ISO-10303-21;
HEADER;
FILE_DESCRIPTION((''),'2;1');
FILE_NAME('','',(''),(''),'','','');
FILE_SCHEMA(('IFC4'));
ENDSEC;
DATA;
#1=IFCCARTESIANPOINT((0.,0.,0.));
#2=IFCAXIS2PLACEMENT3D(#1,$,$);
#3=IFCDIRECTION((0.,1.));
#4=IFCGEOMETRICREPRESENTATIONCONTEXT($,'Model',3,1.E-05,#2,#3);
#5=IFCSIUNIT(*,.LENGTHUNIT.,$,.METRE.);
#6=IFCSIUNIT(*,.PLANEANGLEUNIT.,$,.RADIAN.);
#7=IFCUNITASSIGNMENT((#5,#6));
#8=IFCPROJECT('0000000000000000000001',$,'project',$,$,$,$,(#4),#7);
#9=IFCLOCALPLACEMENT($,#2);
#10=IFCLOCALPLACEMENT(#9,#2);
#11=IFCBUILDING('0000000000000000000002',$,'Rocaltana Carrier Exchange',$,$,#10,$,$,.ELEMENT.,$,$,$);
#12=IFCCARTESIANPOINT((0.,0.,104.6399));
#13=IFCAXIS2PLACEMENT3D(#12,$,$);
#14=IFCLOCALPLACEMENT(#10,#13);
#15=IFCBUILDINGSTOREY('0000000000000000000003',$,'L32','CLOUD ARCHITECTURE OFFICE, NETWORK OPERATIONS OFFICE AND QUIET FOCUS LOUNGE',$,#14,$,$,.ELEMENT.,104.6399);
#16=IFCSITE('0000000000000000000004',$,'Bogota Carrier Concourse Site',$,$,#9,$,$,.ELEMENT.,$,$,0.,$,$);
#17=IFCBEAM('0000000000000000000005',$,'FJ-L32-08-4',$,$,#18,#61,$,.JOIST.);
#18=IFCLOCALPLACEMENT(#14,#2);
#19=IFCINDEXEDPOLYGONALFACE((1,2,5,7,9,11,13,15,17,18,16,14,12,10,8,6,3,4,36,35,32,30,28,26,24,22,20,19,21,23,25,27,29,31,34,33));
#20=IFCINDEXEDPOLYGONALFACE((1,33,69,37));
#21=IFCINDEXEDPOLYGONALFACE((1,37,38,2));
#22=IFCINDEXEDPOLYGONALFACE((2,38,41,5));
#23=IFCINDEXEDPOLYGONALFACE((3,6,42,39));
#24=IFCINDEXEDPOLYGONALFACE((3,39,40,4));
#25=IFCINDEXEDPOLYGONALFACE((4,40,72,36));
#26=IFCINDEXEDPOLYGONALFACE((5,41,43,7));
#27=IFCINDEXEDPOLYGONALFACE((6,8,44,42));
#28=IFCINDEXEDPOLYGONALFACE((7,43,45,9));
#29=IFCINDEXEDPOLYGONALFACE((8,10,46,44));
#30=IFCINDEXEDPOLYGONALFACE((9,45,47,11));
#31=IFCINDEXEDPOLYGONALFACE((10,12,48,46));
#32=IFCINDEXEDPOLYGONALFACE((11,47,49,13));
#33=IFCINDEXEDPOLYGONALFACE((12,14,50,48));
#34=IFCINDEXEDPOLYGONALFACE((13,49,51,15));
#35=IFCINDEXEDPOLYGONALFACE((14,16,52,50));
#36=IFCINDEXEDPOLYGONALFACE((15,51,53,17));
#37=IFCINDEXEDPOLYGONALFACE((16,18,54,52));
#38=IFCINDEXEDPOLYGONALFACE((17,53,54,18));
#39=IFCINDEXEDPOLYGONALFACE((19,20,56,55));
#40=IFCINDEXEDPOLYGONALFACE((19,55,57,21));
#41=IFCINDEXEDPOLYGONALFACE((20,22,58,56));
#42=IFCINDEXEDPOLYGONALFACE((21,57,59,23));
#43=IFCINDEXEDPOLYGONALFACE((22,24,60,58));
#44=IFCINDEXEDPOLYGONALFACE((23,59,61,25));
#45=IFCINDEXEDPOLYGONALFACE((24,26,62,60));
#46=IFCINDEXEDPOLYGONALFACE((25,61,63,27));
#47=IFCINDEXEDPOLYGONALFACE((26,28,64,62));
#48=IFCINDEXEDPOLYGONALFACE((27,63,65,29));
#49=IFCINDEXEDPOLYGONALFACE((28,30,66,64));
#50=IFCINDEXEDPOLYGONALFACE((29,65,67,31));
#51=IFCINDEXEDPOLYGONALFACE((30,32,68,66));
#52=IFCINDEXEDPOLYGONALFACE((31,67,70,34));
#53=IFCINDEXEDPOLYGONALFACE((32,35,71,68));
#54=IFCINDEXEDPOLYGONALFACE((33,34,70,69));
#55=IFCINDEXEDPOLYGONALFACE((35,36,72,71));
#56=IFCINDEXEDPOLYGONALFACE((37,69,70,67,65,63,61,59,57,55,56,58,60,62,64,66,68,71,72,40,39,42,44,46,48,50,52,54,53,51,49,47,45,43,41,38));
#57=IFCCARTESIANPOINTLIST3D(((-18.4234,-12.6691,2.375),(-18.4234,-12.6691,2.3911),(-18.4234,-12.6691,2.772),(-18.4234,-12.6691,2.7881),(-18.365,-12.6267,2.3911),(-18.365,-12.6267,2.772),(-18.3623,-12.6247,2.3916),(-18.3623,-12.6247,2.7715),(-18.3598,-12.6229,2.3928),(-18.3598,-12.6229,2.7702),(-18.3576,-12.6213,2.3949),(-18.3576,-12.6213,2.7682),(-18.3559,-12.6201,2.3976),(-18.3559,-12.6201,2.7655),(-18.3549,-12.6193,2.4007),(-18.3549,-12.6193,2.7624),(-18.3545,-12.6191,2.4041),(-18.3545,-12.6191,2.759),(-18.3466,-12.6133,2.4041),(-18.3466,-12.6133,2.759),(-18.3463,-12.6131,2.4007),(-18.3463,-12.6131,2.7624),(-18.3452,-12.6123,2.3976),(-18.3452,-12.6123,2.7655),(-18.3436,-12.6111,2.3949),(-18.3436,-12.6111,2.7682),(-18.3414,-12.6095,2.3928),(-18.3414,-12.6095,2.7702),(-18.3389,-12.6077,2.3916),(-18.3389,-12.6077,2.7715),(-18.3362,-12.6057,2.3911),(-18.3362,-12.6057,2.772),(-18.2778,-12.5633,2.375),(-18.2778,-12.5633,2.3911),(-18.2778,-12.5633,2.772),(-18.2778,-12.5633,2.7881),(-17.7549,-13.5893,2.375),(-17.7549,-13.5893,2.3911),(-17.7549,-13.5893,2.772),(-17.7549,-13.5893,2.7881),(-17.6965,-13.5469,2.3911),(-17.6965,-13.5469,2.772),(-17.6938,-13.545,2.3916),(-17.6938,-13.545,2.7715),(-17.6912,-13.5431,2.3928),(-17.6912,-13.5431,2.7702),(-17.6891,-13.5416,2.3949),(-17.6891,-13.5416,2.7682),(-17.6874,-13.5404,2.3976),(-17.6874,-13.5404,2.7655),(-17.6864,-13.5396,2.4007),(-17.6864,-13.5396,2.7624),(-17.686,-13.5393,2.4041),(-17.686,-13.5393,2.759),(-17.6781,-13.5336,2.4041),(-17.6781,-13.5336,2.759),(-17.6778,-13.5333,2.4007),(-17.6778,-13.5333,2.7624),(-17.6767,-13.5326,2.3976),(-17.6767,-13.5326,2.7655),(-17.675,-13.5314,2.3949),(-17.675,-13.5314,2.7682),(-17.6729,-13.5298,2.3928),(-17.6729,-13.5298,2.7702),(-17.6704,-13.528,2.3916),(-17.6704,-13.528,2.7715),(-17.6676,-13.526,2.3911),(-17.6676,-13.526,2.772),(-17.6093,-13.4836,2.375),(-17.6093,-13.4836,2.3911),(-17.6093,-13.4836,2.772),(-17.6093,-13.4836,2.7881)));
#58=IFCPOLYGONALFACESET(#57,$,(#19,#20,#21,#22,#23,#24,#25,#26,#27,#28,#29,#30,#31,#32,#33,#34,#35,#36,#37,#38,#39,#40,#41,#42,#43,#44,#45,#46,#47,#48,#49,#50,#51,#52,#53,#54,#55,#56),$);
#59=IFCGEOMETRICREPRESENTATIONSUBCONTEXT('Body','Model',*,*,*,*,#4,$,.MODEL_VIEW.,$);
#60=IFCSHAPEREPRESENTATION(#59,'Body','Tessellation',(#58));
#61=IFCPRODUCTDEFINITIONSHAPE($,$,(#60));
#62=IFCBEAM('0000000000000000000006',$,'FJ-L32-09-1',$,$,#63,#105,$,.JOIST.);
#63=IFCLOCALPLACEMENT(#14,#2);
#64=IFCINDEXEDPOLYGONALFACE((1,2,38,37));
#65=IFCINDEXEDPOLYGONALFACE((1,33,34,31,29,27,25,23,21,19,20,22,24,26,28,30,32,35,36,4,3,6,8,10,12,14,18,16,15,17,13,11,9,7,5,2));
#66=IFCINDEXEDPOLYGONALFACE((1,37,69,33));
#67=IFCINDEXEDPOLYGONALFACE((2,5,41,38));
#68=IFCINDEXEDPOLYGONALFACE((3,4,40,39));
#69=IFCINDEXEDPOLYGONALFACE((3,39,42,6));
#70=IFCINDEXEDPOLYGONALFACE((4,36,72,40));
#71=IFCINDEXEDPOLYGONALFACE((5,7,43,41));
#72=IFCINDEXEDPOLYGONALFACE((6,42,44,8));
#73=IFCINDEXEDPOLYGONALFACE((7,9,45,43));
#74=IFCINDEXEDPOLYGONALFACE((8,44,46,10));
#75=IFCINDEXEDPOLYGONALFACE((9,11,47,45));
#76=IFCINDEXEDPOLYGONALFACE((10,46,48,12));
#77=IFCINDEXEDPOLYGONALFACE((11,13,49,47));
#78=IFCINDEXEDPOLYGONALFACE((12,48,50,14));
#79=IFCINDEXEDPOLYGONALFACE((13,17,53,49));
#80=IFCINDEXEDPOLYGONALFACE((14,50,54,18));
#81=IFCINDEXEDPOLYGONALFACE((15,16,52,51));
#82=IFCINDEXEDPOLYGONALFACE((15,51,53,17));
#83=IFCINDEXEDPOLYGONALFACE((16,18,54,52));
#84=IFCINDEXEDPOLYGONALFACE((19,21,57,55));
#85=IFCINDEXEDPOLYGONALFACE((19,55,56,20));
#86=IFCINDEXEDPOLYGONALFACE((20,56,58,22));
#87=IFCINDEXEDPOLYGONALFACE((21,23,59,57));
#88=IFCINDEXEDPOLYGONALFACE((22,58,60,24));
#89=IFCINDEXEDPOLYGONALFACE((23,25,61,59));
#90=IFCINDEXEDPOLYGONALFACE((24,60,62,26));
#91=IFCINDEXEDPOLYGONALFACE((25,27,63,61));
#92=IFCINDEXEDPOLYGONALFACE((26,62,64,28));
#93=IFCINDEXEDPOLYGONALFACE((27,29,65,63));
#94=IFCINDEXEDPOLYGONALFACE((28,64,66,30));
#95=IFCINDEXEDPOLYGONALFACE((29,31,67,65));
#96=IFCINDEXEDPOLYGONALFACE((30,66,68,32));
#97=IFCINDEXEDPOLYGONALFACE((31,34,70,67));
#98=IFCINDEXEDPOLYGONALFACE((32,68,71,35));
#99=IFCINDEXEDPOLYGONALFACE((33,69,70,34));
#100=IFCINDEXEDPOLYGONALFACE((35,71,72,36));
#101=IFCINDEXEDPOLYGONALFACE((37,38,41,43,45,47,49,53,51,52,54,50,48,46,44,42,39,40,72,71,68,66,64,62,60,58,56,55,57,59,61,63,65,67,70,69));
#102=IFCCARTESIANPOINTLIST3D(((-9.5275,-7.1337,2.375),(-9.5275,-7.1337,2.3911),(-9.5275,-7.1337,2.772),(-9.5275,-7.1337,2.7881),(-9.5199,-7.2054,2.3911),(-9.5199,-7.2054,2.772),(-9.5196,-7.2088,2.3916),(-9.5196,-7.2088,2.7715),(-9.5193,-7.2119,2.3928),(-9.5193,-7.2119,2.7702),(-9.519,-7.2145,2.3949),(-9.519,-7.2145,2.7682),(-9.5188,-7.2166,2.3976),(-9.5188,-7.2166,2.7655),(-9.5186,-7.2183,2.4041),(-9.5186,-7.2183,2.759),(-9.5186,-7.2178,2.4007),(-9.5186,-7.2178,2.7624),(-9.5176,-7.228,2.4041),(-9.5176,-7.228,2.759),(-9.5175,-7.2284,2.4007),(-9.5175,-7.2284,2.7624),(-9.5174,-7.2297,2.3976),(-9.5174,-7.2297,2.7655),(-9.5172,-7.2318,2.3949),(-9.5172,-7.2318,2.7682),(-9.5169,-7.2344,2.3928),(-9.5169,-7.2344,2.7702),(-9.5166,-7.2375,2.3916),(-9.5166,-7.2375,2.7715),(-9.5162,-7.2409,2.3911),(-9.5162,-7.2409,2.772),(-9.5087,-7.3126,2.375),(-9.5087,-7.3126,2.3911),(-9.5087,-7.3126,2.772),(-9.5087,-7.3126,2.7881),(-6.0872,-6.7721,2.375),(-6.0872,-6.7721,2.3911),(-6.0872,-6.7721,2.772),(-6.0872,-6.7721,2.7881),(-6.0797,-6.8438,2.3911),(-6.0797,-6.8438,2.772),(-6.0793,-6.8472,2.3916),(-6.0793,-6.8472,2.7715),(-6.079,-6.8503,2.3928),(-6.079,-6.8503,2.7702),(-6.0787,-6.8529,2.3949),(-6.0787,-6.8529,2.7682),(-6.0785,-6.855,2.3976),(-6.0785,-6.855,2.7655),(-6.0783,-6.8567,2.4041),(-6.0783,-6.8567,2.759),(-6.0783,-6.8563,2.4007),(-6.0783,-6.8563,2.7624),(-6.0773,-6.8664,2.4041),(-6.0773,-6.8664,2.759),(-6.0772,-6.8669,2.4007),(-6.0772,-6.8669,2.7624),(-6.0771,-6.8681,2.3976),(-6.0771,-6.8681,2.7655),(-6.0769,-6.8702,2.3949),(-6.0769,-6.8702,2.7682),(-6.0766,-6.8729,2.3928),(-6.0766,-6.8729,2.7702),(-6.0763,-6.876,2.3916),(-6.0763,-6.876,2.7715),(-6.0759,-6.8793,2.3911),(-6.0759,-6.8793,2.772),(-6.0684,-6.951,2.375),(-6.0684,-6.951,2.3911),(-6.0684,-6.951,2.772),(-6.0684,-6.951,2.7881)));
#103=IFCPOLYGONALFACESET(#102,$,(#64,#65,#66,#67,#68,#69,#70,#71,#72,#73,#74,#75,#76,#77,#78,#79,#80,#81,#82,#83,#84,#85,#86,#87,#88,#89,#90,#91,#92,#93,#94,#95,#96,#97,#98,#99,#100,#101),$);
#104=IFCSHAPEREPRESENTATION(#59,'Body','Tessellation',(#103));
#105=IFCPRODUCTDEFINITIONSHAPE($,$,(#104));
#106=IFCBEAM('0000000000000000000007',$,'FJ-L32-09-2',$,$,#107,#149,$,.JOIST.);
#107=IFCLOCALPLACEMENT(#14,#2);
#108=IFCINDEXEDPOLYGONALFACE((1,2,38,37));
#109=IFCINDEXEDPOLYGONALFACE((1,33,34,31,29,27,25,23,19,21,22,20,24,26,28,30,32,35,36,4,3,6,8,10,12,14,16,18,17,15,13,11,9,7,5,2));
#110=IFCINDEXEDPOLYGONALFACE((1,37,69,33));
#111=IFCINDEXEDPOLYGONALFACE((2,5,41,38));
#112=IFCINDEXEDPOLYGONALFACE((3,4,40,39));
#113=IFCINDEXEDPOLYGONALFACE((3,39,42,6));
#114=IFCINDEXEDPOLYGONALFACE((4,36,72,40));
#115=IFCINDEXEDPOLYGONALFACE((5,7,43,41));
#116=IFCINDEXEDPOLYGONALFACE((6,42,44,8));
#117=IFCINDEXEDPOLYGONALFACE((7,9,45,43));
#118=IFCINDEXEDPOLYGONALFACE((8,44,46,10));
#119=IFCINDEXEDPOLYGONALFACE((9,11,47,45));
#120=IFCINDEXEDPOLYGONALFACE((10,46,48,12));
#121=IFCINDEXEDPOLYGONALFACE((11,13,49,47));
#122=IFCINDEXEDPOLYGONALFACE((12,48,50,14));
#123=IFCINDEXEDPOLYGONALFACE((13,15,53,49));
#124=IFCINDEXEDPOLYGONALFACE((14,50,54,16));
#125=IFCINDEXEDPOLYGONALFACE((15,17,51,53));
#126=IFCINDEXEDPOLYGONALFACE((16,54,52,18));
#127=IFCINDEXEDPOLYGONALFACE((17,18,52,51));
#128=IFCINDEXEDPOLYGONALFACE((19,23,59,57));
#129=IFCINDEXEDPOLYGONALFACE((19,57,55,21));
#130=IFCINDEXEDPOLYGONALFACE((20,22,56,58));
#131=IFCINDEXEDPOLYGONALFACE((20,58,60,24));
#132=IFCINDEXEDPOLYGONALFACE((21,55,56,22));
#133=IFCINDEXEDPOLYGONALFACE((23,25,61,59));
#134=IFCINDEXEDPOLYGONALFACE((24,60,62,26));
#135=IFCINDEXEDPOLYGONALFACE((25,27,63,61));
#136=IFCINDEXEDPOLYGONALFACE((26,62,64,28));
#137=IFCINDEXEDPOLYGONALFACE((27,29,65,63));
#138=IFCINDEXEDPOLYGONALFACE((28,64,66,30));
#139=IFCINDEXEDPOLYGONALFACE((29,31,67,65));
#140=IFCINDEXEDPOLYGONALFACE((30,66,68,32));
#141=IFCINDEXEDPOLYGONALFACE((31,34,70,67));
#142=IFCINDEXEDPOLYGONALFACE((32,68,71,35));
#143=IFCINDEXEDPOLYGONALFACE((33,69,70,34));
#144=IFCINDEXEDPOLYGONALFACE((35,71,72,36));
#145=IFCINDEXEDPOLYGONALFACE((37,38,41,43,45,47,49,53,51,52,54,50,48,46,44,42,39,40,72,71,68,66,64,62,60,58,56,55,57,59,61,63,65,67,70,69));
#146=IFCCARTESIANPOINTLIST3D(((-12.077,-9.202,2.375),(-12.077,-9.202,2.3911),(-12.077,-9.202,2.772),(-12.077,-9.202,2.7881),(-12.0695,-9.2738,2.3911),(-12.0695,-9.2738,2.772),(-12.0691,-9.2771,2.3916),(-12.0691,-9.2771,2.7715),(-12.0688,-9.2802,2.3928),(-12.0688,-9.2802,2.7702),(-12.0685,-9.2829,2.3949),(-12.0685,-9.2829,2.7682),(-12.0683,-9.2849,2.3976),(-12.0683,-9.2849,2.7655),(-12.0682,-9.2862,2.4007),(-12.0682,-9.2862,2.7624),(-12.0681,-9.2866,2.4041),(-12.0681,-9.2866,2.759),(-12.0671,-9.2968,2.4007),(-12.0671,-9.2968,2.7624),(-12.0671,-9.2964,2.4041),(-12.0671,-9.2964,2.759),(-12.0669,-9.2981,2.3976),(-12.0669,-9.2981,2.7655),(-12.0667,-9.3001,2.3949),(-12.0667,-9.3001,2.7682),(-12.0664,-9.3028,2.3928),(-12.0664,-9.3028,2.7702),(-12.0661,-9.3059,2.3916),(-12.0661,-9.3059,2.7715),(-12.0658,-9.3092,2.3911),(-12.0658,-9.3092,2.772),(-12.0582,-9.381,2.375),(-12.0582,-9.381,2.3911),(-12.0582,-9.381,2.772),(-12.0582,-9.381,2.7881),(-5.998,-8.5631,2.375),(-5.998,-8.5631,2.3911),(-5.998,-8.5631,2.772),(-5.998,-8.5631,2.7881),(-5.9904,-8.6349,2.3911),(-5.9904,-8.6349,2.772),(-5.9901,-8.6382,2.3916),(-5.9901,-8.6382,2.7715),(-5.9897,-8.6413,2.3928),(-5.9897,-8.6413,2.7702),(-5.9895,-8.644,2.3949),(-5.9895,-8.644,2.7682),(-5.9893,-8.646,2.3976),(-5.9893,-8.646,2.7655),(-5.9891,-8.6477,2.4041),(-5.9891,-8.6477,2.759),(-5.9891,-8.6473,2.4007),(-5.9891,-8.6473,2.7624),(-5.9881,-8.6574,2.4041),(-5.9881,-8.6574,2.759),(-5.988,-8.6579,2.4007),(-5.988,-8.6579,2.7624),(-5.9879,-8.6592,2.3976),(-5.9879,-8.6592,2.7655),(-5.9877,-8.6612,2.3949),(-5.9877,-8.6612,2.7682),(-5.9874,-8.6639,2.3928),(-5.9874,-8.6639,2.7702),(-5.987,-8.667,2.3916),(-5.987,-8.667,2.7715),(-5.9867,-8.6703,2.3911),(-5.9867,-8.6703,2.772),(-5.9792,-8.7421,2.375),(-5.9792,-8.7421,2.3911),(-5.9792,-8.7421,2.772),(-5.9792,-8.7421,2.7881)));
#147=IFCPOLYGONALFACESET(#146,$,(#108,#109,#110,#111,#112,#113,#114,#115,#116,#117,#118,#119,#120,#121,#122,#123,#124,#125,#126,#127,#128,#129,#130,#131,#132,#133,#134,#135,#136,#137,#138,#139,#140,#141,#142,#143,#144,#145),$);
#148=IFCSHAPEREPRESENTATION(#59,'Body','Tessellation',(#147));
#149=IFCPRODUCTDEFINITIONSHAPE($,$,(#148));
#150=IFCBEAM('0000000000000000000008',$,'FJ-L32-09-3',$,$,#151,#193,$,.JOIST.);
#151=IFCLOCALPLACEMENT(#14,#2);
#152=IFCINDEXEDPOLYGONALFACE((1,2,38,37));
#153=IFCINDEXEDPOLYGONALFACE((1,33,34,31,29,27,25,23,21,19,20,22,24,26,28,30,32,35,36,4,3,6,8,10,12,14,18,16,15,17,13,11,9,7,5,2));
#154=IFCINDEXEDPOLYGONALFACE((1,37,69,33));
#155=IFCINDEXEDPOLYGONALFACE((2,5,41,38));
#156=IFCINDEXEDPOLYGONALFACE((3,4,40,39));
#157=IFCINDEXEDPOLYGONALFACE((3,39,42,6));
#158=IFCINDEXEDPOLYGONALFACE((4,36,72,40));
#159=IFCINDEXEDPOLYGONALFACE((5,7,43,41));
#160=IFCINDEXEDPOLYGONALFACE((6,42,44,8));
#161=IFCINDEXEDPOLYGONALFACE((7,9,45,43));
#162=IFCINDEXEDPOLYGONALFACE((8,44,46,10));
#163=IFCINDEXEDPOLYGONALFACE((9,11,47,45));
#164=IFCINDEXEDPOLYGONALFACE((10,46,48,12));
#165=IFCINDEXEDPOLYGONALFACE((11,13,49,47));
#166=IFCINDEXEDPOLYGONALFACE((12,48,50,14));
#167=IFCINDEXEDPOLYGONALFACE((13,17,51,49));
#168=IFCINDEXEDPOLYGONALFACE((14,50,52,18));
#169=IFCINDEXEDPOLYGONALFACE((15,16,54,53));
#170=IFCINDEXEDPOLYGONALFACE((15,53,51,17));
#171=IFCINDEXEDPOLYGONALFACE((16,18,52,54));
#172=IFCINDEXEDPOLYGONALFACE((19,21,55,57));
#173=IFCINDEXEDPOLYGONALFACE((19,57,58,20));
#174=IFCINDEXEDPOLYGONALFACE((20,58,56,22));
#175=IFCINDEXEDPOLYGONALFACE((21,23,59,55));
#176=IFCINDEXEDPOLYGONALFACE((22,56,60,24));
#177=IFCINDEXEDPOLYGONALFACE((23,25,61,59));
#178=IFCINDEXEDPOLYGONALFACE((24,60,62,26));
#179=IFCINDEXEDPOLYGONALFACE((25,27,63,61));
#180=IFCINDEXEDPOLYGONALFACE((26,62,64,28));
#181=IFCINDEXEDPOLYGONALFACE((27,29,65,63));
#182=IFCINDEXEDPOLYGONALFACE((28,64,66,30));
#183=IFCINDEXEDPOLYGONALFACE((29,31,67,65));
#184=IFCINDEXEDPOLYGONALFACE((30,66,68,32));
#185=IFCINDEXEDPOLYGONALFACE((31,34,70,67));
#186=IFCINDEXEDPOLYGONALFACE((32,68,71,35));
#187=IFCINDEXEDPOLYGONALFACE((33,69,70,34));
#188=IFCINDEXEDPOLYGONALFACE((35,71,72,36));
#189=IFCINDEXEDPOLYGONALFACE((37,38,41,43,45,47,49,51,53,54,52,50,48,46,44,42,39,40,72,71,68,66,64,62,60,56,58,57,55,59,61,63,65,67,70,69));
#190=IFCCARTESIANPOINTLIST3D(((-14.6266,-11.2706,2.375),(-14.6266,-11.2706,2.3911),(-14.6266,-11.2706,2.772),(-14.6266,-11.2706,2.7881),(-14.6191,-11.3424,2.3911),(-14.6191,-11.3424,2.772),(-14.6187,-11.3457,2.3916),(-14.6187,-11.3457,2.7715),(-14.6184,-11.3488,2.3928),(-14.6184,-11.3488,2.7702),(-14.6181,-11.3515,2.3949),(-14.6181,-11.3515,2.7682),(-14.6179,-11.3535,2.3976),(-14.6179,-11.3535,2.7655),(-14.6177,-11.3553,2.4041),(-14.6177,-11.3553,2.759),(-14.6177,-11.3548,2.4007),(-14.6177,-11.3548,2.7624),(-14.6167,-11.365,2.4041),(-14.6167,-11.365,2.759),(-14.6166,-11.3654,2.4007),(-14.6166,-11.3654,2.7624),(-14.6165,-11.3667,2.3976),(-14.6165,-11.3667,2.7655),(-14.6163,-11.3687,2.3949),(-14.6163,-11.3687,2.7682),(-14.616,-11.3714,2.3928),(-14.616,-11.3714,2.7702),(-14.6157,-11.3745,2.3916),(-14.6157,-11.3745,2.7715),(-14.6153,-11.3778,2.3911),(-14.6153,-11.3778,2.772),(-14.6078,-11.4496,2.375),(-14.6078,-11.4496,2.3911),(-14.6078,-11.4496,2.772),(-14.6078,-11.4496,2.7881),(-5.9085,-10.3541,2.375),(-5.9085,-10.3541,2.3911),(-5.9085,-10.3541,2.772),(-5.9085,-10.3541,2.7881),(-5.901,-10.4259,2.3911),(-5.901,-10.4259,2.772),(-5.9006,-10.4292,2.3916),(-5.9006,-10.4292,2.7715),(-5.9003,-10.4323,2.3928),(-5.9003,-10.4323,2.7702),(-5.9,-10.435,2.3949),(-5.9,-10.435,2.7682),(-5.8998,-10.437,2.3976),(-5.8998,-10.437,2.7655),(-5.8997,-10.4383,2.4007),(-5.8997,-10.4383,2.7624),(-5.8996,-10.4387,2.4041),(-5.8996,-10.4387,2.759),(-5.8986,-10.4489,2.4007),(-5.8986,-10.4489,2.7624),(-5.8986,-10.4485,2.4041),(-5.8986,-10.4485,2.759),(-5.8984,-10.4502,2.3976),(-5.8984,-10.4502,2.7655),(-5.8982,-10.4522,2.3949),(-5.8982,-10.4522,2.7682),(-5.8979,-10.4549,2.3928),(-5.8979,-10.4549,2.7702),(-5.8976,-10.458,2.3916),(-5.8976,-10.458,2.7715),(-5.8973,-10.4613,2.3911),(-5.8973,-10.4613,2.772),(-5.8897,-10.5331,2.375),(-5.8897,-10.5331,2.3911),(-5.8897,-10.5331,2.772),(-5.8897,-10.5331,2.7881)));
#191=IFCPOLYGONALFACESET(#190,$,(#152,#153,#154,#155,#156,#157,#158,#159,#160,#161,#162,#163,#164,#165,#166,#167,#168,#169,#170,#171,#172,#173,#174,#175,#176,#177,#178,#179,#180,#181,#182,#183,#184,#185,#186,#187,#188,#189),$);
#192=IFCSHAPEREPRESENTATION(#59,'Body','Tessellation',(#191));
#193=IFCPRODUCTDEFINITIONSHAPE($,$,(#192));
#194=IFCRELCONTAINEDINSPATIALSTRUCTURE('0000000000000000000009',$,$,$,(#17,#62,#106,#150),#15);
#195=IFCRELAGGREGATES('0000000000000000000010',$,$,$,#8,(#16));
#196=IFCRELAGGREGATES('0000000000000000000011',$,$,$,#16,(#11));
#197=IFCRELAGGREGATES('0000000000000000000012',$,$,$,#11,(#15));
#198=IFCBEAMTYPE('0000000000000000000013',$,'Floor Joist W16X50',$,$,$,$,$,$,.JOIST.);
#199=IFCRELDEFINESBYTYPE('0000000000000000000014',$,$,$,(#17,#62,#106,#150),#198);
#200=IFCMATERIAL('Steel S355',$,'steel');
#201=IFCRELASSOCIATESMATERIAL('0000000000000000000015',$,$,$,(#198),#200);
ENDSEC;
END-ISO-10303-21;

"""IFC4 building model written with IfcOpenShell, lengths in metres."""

from ifc_helpers import new_model, si_unit, direction, frame, origin, origin_2d, place, context, subcontext, project, spatial, i_section, extrude, material, material_profile, profile_set, type_object, element, save


model = new_model("IFC4")

# Units and contexts
model_context = context("Model", 3, precision=1e-05, world=origin(), true_north=direction((0.0, 1.0)))
body_context = subcontext(model_context, "Body", "Model", "MODEL_VIEW")
ifc_project = project(units=[si_unit("LENGTHUNIT", "METRE"), si_unit("PLANEANGLEUNIT", "RADIAN")], contexts=[model_context])

# Site, building, storey
site_placement = place(None, origin())
site = spatial("IfcSite", under=ifc_project, at=site_placement, Name="Bogota Carrier Concourse Site", CompositionType="ELEMENT", RefElevation=0.0)
building_placement = place(site_placement, origin())
building = spatial("IfcBuilding", under=site, at=building_placement, Name="Rocaltana Carrier Exchange", CompositionType="ELEMENT")
storey_placement = place(building_placement, frame((0.0, 0.0, 104.6399)))
storey = spatial("IfcBuildingStorey", under=building, at=storey_placement, Name="L32", Description="CLOUD ARCHITECTURE OFFICE, NETWORK OPERATIONS OFFICE AND QUIET FOCUS LOUNGE", CompositionType="ELEMENT", Elevation=104.6399)

# Beams
ifc_material_1 = material(Name="Steel S355", Category="steel")
ifc_material_profile_1 = material_profile(ifc_material_1, i_section(OverallWidth=0.1799, OverallDepth=0.4131, WebThickness=0.0098, FlangeThickness=0.0161, FilletRadius=0.0129, at=origin_2d()), Name="W16X50")
ifc_profile_set_1 = profile_set([ifc_material_profile_1], Name="Steel S355")
beam_type_1 = type_object("IfcBeamType", Name="Floor Joist W16X50", PredefinedType="JOIST", material=ifc_profile_set_1)
beam_1_placement = place(storey_placement, frame((-18.3506, -12.6162, 2.5815), z_axis=(0.587738, -0.809052, 0.0), x_axis=(0.809052, 0.587738, 0.0)))
element("IfcBeam", 1, at=beam_1_placement, inside=storey, type_object=beam_type_1, Name="FJ-L32-08-4", PredefinedType="JOIST", context=body_context, shape_type="SweptSolid", body=[
    extrude(i_section(OverallWidth=0.1799, OverallDepth=0.4131, WebThickness=0.0098, FlangeThickness=0.0161, FilletRadius=0.0129, at=origin_2d()), origin(), (0.0, 0.0, 1.0), 1.1375),
])
beam_2_placement = place(storey_placement, frame((-9.5181, -7.2231, 2.5815), z_axis=(0.994522, 0.104527, 0.0), x_axis=(-0.104527, 0.994522, 0.0)))
element("IfcBeam", 2, at=beam_2_placement, inside=storey, type_object=beam_type_1, Name="FJ-L32-09-1", PredefinedType="JOIST", context=body_context, shape_type="SweptSolid", body=[
    extrude(i_section(OverallWidth=0.1799, OverallDepth=0.4131, WebThickness=0.0098, FlangeThickness=0.0161, FilletRadius=0.0129, at=origin_2d()), origin(), (0.0, 0.0, 1.0), 3.4592),
])
beam_3_placement = place(storey_placement, frame((-12.0676, -9.2915, 2.5815), z_axis=(0.994522, 0.104525, 0.0), x_axis=(-0.104525, 0.994522, 0.0)))
element("IfcBeam", 3, at=beam_3_placement, inside=storey, type_object=beam_type_1, Name="FJ-L32-09-2", PredefinedType="JOIST", context=body_context, shape_type="SweptSolid", body=[
    extrude(i_section(OverallWidth=0.1799, OverallDepth=0.4131, WebThickness=0.0098, FlangeThickness=0.0161, FilletRadius=0.0129, at=origin_2d()), origin(), (0.0, 0.0, 1.0), 6.1125),
])
beam_4_placement = place(storey_placement, frame((-14.6172, -11.3601, 2.5815), z_axis=(0.994519, 0.104551, 0.0), x_axis=(-0.104551, 0.994519, 0.0)))
element("IfcBeam", 4, at=beam_4_placement, inside=storey, type_object=beam_type_1, Name="FJ-L32-09-3", PredefinedType="JOIST", context=body_context, shape_type="SweptSolid", body=[
    extrude(i_section(OverallWidth=0.1799, OverallDepth=0.4131, WebThickness=0.0098, FlangeThickness=0.0161, FilletRadius=0.0129, at=origin_2d()), origin(), (0.0, 0.0, 1.0), 8.7661),
])

save(model, "model.ifc")
